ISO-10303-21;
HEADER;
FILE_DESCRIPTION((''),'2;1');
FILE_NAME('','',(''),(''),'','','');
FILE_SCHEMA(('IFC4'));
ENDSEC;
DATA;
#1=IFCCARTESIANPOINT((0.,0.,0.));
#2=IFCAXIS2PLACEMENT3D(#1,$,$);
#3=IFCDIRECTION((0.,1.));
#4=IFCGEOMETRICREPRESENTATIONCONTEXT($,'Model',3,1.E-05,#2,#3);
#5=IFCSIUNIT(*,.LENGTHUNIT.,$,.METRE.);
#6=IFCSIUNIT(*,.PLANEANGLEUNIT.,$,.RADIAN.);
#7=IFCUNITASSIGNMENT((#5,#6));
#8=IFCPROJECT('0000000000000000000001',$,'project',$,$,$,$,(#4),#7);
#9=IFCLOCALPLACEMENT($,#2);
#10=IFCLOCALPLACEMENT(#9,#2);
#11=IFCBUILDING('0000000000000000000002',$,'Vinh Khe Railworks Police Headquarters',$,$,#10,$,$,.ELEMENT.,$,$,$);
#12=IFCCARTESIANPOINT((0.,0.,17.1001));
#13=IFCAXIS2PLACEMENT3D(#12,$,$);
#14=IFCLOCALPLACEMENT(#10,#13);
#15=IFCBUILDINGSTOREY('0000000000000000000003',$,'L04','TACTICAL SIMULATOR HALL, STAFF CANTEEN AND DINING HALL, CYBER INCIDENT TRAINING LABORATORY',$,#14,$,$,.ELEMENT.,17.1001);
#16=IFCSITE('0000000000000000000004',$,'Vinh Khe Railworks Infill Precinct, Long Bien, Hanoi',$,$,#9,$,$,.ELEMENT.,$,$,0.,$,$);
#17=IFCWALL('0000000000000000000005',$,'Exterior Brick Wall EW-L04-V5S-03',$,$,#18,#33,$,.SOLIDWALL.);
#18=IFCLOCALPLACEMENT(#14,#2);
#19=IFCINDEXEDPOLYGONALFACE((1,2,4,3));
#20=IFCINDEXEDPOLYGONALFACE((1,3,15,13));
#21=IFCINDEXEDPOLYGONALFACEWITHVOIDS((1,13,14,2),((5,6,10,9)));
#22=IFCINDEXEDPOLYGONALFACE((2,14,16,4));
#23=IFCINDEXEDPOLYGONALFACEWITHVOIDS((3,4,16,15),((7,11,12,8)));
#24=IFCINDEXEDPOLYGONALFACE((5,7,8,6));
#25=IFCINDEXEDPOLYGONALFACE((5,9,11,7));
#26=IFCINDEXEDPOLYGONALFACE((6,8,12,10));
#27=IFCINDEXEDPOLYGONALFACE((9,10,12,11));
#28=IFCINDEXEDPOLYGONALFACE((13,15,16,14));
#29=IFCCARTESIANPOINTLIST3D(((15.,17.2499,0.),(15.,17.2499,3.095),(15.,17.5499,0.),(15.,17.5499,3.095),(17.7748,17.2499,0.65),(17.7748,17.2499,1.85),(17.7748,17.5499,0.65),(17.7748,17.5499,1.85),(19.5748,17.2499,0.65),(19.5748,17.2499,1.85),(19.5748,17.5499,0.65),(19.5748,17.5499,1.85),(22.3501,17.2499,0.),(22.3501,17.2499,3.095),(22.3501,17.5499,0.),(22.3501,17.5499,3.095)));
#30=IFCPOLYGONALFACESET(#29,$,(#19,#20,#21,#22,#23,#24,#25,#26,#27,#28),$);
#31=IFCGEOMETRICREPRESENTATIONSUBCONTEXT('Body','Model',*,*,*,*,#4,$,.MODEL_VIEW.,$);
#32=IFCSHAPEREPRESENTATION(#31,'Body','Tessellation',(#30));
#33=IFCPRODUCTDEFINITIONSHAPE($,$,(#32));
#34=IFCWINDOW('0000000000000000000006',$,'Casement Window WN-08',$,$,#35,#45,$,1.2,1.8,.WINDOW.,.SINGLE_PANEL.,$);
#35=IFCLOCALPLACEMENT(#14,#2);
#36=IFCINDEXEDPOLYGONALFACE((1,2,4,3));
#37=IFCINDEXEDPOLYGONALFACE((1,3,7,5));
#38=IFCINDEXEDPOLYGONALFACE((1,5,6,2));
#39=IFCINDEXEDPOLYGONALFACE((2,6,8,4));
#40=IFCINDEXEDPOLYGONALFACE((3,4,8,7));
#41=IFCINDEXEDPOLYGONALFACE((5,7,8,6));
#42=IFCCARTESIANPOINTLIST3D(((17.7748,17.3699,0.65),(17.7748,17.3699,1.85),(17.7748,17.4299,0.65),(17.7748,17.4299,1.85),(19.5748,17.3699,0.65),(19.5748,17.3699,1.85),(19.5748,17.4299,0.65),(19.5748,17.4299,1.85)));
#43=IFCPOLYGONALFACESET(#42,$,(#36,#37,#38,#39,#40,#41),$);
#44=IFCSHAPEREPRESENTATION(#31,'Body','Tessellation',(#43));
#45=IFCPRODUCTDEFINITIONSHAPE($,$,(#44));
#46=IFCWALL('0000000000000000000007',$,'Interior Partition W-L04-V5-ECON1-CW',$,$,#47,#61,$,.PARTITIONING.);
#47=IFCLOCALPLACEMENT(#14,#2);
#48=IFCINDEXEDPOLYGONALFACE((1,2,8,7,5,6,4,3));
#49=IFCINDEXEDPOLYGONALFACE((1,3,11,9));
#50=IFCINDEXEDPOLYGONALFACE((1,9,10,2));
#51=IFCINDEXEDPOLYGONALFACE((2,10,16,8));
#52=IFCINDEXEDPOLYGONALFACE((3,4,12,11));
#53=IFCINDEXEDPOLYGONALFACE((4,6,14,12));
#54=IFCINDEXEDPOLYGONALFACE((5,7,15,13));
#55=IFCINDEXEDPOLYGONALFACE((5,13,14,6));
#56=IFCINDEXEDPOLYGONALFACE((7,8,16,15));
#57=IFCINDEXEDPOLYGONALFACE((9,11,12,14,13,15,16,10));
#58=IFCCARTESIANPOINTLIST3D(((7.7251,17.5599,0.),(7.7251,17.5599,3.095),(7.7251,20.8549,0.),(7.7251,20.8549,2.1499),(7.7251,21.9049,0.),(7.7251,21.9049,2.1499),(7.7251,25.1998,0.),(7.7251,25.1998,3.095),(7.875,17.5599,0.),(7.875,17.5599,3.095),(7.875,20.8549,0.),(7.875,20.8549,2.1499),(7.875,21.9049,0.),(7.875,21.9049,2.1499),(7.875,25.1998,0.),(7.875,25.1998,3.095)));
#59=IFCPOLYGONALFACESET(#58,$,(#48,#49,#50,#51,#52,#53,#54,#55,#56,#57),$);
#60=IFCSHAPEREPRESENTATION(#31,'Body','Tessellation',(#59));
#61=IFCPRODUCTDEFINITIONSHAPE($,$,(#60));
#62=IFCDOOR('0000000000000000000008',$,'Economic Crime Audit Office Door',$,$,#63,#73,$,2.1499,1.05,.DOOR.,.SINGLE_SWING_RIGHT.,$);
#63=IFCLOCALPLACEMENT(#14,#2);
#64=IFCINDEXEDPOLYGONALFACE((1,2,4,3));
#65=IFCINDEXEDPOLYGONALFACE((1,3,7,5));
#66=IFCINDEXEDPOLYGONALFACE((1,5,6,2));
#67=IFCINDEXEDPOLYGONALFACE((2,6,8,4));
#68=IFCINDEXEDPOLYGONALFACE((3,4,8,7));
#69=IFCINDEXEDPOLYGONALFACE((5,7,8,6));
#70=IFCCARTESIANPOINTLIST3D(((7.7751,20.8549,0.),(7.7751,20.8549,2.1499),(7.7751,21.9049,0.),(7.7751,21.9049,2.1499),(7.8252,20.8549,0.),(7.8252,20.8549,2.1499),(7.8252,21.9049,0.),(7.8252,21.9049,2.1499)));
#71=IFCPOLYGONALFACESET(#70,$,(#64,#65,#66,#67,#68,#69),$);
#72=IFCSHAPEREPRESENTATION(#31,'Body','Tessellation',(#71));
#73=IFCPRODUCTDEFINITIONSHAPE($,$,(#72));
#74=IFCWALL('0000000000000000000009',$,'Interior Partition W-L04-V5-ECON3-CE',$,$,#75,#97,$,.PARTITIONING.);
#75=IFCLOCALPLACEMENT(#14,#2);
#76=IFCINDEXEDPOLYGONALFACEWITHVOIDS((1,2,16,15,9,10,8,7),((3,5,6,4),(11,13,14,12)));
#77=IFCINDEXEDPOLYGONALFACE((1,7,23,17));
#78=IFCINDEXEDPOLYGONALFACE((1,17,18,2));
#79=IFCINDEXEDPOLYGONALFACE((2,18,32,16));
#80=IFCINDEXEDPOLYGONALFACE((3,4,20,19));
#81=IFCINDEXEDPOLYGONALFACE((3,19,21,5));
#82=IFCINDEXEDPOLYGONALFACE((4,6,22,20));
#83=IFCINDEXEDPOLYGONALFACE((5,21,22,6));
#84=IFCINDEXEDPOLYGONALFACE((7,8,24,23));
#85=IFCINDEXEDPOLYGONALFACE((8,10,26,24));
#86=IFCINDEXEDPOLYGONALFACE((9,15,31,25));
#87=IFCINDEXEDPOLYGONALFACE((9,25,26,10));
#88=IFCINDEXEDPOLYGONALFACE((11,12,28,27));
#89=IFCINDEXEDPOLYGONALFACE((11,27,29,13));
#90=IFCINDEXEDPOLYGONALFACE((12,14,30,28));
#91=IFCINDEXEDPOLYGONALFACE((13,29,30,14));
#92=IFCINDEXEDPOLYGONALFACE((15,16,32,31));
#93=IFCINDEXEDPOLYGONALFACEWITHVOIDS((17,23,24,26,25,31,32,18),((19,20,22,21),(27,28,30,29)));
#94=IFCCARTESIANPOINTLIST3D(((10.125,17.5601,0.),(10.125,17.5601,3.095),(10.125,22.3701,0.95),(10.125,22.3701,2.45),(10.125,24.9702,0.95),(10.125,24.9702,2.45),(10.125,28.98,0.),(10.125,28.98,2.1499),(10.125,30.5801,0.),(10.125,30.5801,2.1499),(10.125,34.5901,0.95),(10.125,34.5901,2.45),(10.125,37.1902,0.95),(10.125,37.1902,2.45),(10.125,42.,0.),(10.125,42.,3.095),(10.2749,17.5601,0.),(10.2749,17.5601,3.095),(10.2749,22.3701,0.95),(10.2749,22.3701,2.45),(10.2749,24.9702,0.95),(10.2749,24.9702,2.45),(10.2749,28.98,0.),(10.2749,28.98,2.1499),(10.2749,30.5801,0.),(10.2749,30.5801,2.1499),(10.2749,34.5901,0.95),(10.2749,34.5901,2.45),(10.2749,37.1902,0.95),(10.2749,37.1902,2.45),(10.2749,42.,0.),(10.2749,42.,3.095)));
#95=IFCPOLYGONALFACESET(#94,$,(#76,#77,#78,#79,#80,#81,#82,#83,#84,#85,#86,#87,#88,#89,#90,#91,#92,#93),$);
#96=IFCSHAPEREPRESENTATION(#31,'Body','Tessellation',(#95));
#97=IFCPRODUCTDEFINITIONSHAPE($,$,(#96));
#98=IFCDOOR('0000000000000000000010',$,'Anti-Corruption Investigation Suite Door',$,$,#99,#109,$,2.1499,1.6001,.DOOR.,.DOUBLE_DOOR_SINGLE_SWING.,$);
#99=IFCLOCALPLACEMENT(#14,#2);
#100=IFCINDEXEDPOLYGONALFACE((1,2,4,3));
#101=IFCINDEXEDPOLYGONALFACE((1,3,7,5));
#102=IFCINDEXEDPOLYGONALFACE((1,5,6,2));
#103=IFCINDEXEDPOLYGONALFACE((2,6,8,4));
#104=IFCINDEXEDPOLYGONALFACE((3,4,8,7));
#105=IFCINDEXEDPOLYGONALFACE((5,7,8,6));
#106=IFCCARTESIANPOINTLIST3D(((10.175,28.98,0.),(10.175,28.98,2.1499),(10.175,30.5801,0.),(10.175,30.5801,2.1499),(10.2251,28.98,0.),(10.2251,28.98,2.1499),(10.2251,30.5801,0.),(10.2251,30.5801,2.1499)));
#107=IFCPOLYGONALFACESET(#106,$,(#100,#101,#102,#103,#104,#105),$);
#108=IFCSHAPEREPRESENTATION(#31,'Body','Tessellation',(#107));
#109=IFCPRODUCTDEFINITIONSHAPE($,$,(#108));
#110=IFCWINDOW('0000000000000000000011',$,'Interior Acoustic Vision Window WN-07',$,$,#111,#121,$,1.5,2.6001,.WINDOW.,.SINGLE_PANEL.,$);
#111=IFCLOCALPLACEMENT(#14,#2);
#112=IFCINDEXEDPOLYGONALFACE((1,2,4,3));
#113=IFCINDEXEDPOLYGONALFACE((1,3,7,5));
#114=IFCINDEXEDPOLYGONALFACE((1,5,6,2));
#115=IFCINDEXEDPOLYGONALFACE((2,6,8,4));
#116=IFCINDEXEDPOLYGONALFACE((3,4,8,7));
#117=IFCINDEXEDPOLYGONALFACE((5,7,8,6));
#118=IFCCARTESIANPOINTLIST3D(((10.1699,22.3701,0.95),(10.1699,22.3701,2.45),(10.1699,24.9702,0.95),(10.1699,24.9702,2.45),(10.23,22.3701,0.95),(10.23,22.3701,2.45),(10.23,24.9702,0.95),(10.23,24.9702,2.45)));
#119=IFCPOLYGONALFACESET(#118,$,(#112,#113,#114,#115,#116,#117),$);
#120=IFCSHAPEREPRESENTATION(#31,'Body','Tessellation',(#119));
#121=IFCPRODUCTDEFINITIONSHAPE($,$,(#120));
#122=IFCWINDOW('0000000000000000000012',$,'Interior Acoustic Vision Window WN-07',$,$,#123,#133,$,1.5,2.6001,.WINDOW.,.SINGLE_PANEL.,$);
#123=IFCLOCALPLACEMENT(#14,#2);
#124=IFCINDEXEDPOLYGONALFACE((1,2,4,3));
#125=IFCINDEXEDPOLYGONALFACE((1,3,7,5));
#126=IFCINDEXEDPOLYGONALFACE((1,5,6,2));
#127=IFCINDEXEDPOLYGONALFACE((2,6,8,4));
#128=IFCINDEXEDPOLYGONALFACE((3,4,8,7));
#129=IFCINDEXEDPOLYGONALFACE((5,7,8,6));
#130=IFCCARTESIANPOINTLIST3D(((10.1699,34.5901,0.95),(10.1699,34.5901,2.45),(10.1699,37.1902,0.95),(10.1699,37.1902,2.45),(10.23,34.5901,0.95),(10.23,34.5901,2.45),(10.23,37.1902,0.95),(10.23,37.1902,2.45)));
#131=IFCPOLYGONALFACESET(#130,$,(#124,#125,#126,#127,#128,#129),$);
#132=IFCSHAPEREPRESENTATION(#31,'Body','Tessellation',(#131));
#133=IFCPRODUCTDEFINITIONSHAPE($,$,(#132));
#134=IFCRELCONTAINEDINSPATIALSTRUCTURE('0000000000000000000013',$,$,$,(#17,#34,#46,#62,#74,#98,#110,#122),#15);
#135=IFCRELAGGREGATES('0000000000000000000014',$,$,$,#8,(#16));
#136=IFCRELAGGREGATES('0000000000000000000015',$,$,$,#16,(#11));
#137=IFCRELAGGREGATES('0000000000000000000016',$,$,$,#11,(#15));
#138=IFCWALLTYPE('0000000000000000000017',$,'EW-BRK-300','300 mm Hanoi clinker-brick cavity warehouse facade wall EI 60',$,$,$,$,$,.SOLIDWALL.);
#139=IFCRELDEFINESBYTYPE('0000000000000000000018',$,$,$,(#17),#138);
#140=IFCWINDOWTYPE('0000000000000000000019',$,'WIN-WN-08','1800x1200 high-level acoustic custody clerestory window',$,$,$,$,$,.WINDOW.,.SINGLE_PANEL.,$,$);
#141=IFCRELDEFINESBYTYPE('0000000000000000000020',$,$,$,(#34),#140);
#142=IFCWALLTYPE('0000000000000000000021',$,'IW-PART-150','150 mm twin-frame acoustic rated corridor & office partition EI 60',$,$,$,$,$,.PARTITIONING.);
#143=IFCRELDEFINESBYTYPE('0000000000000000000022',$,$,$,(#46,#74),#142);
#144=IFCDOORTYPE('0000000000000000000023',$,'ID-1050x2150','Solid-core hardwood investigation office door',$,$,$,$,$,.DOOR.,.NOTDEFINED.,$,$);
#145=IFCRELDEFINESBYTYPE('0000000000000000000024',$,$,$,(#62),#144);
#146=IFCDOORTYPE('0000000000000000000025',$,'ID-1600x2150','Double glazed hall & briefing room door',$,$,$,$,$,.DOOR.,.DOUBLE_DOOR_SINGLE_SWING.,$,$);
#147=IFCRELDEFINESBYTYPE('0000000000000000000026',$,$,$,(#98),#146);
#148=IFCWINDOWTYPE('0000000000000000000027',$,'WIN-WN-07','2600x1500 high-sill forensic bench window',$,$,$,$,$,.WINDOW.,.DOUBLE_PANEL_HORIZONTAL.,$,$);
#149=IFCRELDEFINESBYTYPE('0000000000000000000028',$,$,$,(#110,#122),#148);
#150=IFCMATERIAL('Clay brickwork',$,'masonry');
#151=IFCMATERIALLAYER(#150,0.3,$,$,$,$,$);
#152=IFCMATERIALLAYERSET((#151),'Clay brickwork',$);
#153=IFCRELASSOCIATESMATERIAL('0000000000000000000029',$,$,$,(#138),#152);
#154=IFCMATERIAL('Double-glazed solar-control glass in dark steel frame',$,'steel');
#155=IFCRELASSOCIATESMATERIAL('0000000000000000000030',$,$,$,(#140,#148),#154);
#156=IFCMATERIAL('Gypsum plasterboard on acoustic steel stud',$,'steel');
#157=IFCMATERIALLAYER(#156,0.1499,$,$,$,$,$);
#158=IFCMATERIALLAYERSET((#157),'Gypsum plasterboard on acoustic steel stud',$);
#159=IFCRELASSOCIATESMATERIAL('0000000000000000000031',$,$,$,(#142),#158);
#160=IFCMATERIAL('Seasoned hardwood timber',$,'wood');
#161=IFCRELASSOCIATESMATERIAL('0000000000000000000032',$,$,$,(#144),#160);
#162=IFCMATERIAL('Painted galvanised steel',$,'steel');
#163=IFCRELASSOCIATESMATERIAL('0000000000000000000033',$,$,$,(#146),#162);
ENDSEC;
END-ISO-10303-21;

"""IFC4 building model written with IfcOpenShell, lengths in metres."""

from ifc_helpers import new_model, si_unit, direction, frame, frame_2d, origin, place, context, subcontext, project, spatial, rectangle, extrude, material, layer, layer_set, type_object, element, fill, save


model = new_model("IFC4")

# Units and contexts
model_context = context("Model", 3, precision=1e-05, world=origin(), true_north=direction((0.0, 1.0)))
body_context = subcontext(model_context, "Body", "Model", "MODEL_VIEW")
ifc_project = project(units=[si_unit("LENGTHUNIT", "METRE"), si_unit("PLANEANGLEUNIT", "RADIAN")], contexts=[model_context])

# Site, building, storey
site_placement = place(None, origin())
site = spatial("IfcSite", under=ifc_project, at=site_placement, Name="Vinh Khe Railworks Infill Precinct, Long Bien, Hanoi", CompositionType="ELEMENT", RefElevation=0.0)
building_placement = place(site_placement, origin())
building = spatial("IfcBuilding", under=site, at=building_placement, Name="Vinh Khe Railworks Police Headquarters", CompositionType="ELEMENT")
storey_placement = place(building_placement, frame((0.0, 0.0, 17.1001)))
storey = spatial("IfcBuildingStorey", under=building, at=storey_placement, Name="L04", Description="TACTICAL SIMULATOR HALL, STAFF CANTEEN AND DINING HALL, CYBER INCIDENT TRAINING LABORATORY", CompositionType="ELEMENT", Elevation=17.1001)

# Wall, opening, window
ifc_material_1 = material(Name="Clay brickwork", Category="masonry")
ifc_layer_1 = layer(ifc_material_1, 0.3)
ifc_layer_set_1 = layer_set([ifc_layer_1], Name="Clay brickwork")
wall_type_1 = type_object("IfcWallType", Name="EW-BRK-300", Description="300 mm Hanoi clinker-brick cavity warehouse facade wall EI 60", PredefinedType="SOLIDWALL", material=ifc_layer_set_1)
ifc_material_2 = material(Name="Double-glazed solar-control glass in dark steel frame", Category="steel")
window_type_1 = type_object("IfcWindowType", Name="WIN-WN-08", Description="1800x1200 high-level acoustic custody clerestory window", PartitioningType="SINGLE_PANEL", PredefinedType="WINDOW", material=ifc_material_2)
wall_1_placement = place(storey_placement, frame((15.0, 17.3999, 0.0), z_axis=(0.0, 0.0, 1.0), x_axis=(1.0, 0.0, 0.0)))
wall_1 = element("IfcWall", 1, at=wall_1_placement, inside=storey, type_object=wall_type_1, Name="Exterior Brick Wall EW-L04-V5S-03", PredefinedType="SOLIDWALL", context=body_context, shape_type="SweptSolid", body=[
    extrude(rectangle(XDim=7.3501, YDim=0.3, at=frame_2d((3.675, 0.0))), origin(), (0.0, 0.0, 1.0), 3.095),
])
opening_1_placement = place(wall_1_placement, frame((2.7749, 0.0, 0.6499)))
opening_1 = element("IfcOpeningElement", 2, at=opening_1_placement, cuts=wall_1, PredefinedType="OPENING", context=body_context, shape_type="SweptSolid", body=[
    extrude(rectangle(XDim=1.8, YDim=1.2, at=frame_2d((0.8999, 0.6001))), frame((0.0, 0.165, 0.0), z_axis=(0.0, -1.0, 0.0), x_axis=(1.0, 0.0, 0.0)), (0.0, 0.0, 1.0), 0.3298),
])
window_1_placement = place(opening_1_placement, origin())
window_1 = element("IfcWindow", 3, at=window_1_placement, inside=storey, type_object=window_type_1, Name="Casement Window WN-08", OverallHeight=1.2, OverallWidth=1.8, PartitioningType="SINGLE_PANEL", PredefinedType="WINDOW", context=body_context, shape_type="SweptSolid", body=[
    extrude(rectangle(XDim=1.8, YDim=1.2, at=frame_2d((0.8999, 0.6001))), frame((0.0, 0.03, 0.0), z_axis=(0.0, -1.0, 0.0), x_axis=(1.0, 0.0, 0.0)), (0.0, 0.0, 1.0), 0.0601),
])
fill(opening_1, window_1)

# Wall, opening, door
ifc_material_3 = material(Name="Gypsum plasterboard on acoustic steel stud", Category="steel")
ifc_layer_2 = layer(ifc_material_3, 0.1499)
ifc_layer_set_2 = layer_set([ifc_layer_2], Name="Gypsum plasterboard on acoustic steel stud")
wall_type_2 = type_object("IfcWallType", Name="IW-PART-150", Description="150 mm twin-frame acoustic rated corridor & office partition EI 60", PredefinedType="PARTITIONING", material=ifc_layer_set_2)
wall_2_placement = place(storey_placement, frame((7.8, 17.5601, 0.0), z_axis=(0.0, 0.0, 1.0), x_axis=(0.0, 1.0, 0.0)))
wall_2 = element("IfcWall", 4, at=wall_2_placement, inside=storey, type_object=wall_type_2, Name="Interior Partition W-L04-V5-ECON1-CW", PredefinedType="PARTITIONING", context=body_context, shape_type="SweptSolid", body=[
    extrude(rectangle(XDim=7.6399, YDim=0.1499, at=frame_2d((3.8198, 0.0))), origin(), (0.0, 0.0, 1.0), 3.095),
])
opening_2_placement = place(wall_2_placement, frame((3.2949, 0.0, 0.0)))
opening_2 = element("IfcOpeningElement", 5, at=opening_2_placement, cuts=wall_2, PredefinedType="OPENING", context=body_context, shape_type="SweptSolid", body=[
    extrude(rectangle(XDim=1.05, YDim=2.1499, at=frame_2d((0.5249, 1.075))), frame((0.0, 0.0898, 0.0), z_axis=(0.0, -1.0, 0.0), x_axis=(1.0, 0.0, 0.0)), (0.0, 0.0, 1.0), 0.1797),
])
ifc_material_4 = material(Name="Seasoned hardwood timber", Category="wood")
door_type_1 = type_object("IfcDoorType", Name="ID-1050x2150", Description="Solid-core hardwood investigation office door", OperationType="NOTDEFINED", PredefinedType="DOOR", material=ifc_material_4)
door_1_placement = place(opening_2_placement, origin())
door_1 = element("IfcDoor", 6, at=door_1_placement, inside=storey, type_object=door_type_1, Name="Economic Crime Audit Office Door", OperationType="SINGLE_SWING_RIGHT", OverallHeight=2.1499, OverallWidth=1.05, PredefinedType="DOOR", context=body_context, shape_type="SweptSolid", body=[
    extrude(rectangle(XDim=1.05, YDim=2.1499, at=frame_2d((0.5249, 1.075))), frame((0.0, 0.0249, 0.0), z_axis=(0.0, -1.0, 0.0), x_axis=(1.0, 0.0, 0.0)), (0.0, 0.0, 1.0), 0.05),
])
fill(opening_2, door_1)

# Wall, openings, door, windows
wall_3_placement = place(storey_placement, frame((10.2, 17.5601, 0.0), z_axis=(0.0, 0.0, 1.0), x_axis=(0.0, 1.0, 0.0)))
wall_3 = element("IfcWall", 7, at=wall_3_placement, inside=storey, type_object=wall_type_2, Name="Interior Partition W-L04-V5-ECON3-CE", PredefinedType="PARTITIONING", context=body_context, shape_type="SweptSolid", body=[
    extrude(rectangle(XDim=24.4399, YDim=0.1499, at=frame_2d((12.22, 0.0))), origin(), (0.0, 0.0, 1.0), 3.095),
])
opening_3_placement = place(wall_3_placement, frame((11.4199, 0.0, 0.0)))
opening_3 = element("IfcOpeningElement", 8, at=opening_3_placement, cuts=wall_3, PredefinedType="OPENING", context=body_context, shape_type="SweptSolid", body=[
    extrude(rectangle(XDim=1.6001, YDim=2.1499, at=frame_2d((0.8, 1.075))), frame((0.0, 0.0898, 0.0), z_axis=(0.0, -1.0, 0.0), x_axis=(1.0, 0.0, 0.0)), (0.0, 0.0, 1.0), 0.1797),
])
opening_4_placement = place(wall_3_placement, frame((4.8101, 0.0, 0.95)))
opening_4 = element("IfcOpeningElement", 9, at=opening_4_placement, cuts=wall_3, PredefinedType="OPENING", context=body_context, shape_type="SweptSolid", body=[
    extrude(rectangle(XDim=2.6001, YDim=1.5, at=frame_2d((1.3, 0.75))), frame((0.0, 0.0898, 0.0), z_axis=(0.0, -1.0, 0.0), x_axis=(1.0, 0.0, 0.0)), (0.0, 0.0, 1.0), 0.1797),
])
opening_5_placement = place(wall_3_placement, frame((17.03, 0.0, 0.95)))
opening_5 = element("IfcOpeningElement", 10, at=opening_5_placement, cuts=wall_3, PredefinedType="OPENING", context=body_context, shape_type="SweptSolid", body=[
    extrude(rectangle(XDim=2.6001, YDim=1.5, at=frame_2d((1.3, 0.75))), frame((0.0, 0.0898, 0.0), z_axis=(0.0, -1.0, 0.0), x_axis=(1.0, 0.0, 0.0)), (0.0, 0.0, 1.0), 0.1797),
])
ifc_material_5 = material(Name="Painted galvanised steel", Category="steel")
door_type_2 = type_object("IfcDoorType", Name="ID-1600x2150", Description="Double glazed hall & briefing room door", OperationType="DOUBLE_DOOR_SINGLE_SWING", PredefinedType="DOOR", material=ifc_material_5)
door_2_placement = place(opening_3_placement, origin())
door_2 = element("IfcDoor", 11, at=door_2_placement, inside=storey, type_object=door_type_2, Name="Anti-Corruption Investigation Suite Door", OperationType="DOUBLE_DOOR_SINGLE_SWING", OverallHeight=2.1499, OverallWidth=1.6001, PredefinedType="DOOR", context=body_context, shape_type="SweptSolid", body=[
    extrude(rectangle(XDim=1.6001, YDim=2.1499, at=frame_2d((0.8, 1.075))), frame((0.0, 0.0249, 0.0), z_axis=(0.0, -1.0, 0.0), x_axis=(1.0, 0.0, 0.0)), (0.0, 0.0, 1.0), 0.05),
])
fill(opening_3, door_2)
window_type_2 = type_object("IfcWindowType", Name="WIN-WN-07", Description="2600x1500 high-sill forensic bench window", PartitioningType="DOUBLE_PANEL_HORIZONTAL", PredefinedType="WINDOW", material=ifc_material_2)
window_2_placement = place(opening_4_placement, origin())
window_2 = element("IfcWindow", 12, at=window_2_placement, inside=storey, type_object=window_type_2, Name="Interior Acoustic Vision Window WN-07", OverallHeight=1.5, OverallWidth=2.6001, PartitioningType="SINGLE_PANEL", PredefinedType="WINDOW", context=body_context, shape_type="SweptSolid", body=[
    extrude(rectangle(XDim=2.6001, YDim=1.5, at=frame_2d((1.3, 0.75))), frame((0.0, 0.03, 0.0), z_axis=(0.0, -1.0, 0.0), x_axis=(1.0, 0.0, 0.0)), (0.0, 0.0, 1.0), 0.0601),
])
fill(opening_4, window_2)
window_3_placement = place(opening_5_placement, origin())
window_3 = element("IfcWindow", 13, at=window_3_placement, inside=storey, type_object=window_type_2, Name="Interior Acoustic Vision Window WN-07", OverallHeight=1.5, OverallWidth=2.6001, PartitioningType="SINGLE_PANEL", PredefinedType="WINDOW", context=body_context, shape_type="SweptSolid", body=[
    extrude(rectangle(XDim=2.6001, YDim=1.5, at=frame_2d((1.3, 0.75))), frame((0.0, 0.03, 0.0), z_axis=(0.0, -1.0, 0.0), x_axis=(1.0, 0.0, 0.0)), (0.0, 0.0, 1.0), 0.0601),
])
fill(opening_5, window_3)

save(model, "model.ifc")
